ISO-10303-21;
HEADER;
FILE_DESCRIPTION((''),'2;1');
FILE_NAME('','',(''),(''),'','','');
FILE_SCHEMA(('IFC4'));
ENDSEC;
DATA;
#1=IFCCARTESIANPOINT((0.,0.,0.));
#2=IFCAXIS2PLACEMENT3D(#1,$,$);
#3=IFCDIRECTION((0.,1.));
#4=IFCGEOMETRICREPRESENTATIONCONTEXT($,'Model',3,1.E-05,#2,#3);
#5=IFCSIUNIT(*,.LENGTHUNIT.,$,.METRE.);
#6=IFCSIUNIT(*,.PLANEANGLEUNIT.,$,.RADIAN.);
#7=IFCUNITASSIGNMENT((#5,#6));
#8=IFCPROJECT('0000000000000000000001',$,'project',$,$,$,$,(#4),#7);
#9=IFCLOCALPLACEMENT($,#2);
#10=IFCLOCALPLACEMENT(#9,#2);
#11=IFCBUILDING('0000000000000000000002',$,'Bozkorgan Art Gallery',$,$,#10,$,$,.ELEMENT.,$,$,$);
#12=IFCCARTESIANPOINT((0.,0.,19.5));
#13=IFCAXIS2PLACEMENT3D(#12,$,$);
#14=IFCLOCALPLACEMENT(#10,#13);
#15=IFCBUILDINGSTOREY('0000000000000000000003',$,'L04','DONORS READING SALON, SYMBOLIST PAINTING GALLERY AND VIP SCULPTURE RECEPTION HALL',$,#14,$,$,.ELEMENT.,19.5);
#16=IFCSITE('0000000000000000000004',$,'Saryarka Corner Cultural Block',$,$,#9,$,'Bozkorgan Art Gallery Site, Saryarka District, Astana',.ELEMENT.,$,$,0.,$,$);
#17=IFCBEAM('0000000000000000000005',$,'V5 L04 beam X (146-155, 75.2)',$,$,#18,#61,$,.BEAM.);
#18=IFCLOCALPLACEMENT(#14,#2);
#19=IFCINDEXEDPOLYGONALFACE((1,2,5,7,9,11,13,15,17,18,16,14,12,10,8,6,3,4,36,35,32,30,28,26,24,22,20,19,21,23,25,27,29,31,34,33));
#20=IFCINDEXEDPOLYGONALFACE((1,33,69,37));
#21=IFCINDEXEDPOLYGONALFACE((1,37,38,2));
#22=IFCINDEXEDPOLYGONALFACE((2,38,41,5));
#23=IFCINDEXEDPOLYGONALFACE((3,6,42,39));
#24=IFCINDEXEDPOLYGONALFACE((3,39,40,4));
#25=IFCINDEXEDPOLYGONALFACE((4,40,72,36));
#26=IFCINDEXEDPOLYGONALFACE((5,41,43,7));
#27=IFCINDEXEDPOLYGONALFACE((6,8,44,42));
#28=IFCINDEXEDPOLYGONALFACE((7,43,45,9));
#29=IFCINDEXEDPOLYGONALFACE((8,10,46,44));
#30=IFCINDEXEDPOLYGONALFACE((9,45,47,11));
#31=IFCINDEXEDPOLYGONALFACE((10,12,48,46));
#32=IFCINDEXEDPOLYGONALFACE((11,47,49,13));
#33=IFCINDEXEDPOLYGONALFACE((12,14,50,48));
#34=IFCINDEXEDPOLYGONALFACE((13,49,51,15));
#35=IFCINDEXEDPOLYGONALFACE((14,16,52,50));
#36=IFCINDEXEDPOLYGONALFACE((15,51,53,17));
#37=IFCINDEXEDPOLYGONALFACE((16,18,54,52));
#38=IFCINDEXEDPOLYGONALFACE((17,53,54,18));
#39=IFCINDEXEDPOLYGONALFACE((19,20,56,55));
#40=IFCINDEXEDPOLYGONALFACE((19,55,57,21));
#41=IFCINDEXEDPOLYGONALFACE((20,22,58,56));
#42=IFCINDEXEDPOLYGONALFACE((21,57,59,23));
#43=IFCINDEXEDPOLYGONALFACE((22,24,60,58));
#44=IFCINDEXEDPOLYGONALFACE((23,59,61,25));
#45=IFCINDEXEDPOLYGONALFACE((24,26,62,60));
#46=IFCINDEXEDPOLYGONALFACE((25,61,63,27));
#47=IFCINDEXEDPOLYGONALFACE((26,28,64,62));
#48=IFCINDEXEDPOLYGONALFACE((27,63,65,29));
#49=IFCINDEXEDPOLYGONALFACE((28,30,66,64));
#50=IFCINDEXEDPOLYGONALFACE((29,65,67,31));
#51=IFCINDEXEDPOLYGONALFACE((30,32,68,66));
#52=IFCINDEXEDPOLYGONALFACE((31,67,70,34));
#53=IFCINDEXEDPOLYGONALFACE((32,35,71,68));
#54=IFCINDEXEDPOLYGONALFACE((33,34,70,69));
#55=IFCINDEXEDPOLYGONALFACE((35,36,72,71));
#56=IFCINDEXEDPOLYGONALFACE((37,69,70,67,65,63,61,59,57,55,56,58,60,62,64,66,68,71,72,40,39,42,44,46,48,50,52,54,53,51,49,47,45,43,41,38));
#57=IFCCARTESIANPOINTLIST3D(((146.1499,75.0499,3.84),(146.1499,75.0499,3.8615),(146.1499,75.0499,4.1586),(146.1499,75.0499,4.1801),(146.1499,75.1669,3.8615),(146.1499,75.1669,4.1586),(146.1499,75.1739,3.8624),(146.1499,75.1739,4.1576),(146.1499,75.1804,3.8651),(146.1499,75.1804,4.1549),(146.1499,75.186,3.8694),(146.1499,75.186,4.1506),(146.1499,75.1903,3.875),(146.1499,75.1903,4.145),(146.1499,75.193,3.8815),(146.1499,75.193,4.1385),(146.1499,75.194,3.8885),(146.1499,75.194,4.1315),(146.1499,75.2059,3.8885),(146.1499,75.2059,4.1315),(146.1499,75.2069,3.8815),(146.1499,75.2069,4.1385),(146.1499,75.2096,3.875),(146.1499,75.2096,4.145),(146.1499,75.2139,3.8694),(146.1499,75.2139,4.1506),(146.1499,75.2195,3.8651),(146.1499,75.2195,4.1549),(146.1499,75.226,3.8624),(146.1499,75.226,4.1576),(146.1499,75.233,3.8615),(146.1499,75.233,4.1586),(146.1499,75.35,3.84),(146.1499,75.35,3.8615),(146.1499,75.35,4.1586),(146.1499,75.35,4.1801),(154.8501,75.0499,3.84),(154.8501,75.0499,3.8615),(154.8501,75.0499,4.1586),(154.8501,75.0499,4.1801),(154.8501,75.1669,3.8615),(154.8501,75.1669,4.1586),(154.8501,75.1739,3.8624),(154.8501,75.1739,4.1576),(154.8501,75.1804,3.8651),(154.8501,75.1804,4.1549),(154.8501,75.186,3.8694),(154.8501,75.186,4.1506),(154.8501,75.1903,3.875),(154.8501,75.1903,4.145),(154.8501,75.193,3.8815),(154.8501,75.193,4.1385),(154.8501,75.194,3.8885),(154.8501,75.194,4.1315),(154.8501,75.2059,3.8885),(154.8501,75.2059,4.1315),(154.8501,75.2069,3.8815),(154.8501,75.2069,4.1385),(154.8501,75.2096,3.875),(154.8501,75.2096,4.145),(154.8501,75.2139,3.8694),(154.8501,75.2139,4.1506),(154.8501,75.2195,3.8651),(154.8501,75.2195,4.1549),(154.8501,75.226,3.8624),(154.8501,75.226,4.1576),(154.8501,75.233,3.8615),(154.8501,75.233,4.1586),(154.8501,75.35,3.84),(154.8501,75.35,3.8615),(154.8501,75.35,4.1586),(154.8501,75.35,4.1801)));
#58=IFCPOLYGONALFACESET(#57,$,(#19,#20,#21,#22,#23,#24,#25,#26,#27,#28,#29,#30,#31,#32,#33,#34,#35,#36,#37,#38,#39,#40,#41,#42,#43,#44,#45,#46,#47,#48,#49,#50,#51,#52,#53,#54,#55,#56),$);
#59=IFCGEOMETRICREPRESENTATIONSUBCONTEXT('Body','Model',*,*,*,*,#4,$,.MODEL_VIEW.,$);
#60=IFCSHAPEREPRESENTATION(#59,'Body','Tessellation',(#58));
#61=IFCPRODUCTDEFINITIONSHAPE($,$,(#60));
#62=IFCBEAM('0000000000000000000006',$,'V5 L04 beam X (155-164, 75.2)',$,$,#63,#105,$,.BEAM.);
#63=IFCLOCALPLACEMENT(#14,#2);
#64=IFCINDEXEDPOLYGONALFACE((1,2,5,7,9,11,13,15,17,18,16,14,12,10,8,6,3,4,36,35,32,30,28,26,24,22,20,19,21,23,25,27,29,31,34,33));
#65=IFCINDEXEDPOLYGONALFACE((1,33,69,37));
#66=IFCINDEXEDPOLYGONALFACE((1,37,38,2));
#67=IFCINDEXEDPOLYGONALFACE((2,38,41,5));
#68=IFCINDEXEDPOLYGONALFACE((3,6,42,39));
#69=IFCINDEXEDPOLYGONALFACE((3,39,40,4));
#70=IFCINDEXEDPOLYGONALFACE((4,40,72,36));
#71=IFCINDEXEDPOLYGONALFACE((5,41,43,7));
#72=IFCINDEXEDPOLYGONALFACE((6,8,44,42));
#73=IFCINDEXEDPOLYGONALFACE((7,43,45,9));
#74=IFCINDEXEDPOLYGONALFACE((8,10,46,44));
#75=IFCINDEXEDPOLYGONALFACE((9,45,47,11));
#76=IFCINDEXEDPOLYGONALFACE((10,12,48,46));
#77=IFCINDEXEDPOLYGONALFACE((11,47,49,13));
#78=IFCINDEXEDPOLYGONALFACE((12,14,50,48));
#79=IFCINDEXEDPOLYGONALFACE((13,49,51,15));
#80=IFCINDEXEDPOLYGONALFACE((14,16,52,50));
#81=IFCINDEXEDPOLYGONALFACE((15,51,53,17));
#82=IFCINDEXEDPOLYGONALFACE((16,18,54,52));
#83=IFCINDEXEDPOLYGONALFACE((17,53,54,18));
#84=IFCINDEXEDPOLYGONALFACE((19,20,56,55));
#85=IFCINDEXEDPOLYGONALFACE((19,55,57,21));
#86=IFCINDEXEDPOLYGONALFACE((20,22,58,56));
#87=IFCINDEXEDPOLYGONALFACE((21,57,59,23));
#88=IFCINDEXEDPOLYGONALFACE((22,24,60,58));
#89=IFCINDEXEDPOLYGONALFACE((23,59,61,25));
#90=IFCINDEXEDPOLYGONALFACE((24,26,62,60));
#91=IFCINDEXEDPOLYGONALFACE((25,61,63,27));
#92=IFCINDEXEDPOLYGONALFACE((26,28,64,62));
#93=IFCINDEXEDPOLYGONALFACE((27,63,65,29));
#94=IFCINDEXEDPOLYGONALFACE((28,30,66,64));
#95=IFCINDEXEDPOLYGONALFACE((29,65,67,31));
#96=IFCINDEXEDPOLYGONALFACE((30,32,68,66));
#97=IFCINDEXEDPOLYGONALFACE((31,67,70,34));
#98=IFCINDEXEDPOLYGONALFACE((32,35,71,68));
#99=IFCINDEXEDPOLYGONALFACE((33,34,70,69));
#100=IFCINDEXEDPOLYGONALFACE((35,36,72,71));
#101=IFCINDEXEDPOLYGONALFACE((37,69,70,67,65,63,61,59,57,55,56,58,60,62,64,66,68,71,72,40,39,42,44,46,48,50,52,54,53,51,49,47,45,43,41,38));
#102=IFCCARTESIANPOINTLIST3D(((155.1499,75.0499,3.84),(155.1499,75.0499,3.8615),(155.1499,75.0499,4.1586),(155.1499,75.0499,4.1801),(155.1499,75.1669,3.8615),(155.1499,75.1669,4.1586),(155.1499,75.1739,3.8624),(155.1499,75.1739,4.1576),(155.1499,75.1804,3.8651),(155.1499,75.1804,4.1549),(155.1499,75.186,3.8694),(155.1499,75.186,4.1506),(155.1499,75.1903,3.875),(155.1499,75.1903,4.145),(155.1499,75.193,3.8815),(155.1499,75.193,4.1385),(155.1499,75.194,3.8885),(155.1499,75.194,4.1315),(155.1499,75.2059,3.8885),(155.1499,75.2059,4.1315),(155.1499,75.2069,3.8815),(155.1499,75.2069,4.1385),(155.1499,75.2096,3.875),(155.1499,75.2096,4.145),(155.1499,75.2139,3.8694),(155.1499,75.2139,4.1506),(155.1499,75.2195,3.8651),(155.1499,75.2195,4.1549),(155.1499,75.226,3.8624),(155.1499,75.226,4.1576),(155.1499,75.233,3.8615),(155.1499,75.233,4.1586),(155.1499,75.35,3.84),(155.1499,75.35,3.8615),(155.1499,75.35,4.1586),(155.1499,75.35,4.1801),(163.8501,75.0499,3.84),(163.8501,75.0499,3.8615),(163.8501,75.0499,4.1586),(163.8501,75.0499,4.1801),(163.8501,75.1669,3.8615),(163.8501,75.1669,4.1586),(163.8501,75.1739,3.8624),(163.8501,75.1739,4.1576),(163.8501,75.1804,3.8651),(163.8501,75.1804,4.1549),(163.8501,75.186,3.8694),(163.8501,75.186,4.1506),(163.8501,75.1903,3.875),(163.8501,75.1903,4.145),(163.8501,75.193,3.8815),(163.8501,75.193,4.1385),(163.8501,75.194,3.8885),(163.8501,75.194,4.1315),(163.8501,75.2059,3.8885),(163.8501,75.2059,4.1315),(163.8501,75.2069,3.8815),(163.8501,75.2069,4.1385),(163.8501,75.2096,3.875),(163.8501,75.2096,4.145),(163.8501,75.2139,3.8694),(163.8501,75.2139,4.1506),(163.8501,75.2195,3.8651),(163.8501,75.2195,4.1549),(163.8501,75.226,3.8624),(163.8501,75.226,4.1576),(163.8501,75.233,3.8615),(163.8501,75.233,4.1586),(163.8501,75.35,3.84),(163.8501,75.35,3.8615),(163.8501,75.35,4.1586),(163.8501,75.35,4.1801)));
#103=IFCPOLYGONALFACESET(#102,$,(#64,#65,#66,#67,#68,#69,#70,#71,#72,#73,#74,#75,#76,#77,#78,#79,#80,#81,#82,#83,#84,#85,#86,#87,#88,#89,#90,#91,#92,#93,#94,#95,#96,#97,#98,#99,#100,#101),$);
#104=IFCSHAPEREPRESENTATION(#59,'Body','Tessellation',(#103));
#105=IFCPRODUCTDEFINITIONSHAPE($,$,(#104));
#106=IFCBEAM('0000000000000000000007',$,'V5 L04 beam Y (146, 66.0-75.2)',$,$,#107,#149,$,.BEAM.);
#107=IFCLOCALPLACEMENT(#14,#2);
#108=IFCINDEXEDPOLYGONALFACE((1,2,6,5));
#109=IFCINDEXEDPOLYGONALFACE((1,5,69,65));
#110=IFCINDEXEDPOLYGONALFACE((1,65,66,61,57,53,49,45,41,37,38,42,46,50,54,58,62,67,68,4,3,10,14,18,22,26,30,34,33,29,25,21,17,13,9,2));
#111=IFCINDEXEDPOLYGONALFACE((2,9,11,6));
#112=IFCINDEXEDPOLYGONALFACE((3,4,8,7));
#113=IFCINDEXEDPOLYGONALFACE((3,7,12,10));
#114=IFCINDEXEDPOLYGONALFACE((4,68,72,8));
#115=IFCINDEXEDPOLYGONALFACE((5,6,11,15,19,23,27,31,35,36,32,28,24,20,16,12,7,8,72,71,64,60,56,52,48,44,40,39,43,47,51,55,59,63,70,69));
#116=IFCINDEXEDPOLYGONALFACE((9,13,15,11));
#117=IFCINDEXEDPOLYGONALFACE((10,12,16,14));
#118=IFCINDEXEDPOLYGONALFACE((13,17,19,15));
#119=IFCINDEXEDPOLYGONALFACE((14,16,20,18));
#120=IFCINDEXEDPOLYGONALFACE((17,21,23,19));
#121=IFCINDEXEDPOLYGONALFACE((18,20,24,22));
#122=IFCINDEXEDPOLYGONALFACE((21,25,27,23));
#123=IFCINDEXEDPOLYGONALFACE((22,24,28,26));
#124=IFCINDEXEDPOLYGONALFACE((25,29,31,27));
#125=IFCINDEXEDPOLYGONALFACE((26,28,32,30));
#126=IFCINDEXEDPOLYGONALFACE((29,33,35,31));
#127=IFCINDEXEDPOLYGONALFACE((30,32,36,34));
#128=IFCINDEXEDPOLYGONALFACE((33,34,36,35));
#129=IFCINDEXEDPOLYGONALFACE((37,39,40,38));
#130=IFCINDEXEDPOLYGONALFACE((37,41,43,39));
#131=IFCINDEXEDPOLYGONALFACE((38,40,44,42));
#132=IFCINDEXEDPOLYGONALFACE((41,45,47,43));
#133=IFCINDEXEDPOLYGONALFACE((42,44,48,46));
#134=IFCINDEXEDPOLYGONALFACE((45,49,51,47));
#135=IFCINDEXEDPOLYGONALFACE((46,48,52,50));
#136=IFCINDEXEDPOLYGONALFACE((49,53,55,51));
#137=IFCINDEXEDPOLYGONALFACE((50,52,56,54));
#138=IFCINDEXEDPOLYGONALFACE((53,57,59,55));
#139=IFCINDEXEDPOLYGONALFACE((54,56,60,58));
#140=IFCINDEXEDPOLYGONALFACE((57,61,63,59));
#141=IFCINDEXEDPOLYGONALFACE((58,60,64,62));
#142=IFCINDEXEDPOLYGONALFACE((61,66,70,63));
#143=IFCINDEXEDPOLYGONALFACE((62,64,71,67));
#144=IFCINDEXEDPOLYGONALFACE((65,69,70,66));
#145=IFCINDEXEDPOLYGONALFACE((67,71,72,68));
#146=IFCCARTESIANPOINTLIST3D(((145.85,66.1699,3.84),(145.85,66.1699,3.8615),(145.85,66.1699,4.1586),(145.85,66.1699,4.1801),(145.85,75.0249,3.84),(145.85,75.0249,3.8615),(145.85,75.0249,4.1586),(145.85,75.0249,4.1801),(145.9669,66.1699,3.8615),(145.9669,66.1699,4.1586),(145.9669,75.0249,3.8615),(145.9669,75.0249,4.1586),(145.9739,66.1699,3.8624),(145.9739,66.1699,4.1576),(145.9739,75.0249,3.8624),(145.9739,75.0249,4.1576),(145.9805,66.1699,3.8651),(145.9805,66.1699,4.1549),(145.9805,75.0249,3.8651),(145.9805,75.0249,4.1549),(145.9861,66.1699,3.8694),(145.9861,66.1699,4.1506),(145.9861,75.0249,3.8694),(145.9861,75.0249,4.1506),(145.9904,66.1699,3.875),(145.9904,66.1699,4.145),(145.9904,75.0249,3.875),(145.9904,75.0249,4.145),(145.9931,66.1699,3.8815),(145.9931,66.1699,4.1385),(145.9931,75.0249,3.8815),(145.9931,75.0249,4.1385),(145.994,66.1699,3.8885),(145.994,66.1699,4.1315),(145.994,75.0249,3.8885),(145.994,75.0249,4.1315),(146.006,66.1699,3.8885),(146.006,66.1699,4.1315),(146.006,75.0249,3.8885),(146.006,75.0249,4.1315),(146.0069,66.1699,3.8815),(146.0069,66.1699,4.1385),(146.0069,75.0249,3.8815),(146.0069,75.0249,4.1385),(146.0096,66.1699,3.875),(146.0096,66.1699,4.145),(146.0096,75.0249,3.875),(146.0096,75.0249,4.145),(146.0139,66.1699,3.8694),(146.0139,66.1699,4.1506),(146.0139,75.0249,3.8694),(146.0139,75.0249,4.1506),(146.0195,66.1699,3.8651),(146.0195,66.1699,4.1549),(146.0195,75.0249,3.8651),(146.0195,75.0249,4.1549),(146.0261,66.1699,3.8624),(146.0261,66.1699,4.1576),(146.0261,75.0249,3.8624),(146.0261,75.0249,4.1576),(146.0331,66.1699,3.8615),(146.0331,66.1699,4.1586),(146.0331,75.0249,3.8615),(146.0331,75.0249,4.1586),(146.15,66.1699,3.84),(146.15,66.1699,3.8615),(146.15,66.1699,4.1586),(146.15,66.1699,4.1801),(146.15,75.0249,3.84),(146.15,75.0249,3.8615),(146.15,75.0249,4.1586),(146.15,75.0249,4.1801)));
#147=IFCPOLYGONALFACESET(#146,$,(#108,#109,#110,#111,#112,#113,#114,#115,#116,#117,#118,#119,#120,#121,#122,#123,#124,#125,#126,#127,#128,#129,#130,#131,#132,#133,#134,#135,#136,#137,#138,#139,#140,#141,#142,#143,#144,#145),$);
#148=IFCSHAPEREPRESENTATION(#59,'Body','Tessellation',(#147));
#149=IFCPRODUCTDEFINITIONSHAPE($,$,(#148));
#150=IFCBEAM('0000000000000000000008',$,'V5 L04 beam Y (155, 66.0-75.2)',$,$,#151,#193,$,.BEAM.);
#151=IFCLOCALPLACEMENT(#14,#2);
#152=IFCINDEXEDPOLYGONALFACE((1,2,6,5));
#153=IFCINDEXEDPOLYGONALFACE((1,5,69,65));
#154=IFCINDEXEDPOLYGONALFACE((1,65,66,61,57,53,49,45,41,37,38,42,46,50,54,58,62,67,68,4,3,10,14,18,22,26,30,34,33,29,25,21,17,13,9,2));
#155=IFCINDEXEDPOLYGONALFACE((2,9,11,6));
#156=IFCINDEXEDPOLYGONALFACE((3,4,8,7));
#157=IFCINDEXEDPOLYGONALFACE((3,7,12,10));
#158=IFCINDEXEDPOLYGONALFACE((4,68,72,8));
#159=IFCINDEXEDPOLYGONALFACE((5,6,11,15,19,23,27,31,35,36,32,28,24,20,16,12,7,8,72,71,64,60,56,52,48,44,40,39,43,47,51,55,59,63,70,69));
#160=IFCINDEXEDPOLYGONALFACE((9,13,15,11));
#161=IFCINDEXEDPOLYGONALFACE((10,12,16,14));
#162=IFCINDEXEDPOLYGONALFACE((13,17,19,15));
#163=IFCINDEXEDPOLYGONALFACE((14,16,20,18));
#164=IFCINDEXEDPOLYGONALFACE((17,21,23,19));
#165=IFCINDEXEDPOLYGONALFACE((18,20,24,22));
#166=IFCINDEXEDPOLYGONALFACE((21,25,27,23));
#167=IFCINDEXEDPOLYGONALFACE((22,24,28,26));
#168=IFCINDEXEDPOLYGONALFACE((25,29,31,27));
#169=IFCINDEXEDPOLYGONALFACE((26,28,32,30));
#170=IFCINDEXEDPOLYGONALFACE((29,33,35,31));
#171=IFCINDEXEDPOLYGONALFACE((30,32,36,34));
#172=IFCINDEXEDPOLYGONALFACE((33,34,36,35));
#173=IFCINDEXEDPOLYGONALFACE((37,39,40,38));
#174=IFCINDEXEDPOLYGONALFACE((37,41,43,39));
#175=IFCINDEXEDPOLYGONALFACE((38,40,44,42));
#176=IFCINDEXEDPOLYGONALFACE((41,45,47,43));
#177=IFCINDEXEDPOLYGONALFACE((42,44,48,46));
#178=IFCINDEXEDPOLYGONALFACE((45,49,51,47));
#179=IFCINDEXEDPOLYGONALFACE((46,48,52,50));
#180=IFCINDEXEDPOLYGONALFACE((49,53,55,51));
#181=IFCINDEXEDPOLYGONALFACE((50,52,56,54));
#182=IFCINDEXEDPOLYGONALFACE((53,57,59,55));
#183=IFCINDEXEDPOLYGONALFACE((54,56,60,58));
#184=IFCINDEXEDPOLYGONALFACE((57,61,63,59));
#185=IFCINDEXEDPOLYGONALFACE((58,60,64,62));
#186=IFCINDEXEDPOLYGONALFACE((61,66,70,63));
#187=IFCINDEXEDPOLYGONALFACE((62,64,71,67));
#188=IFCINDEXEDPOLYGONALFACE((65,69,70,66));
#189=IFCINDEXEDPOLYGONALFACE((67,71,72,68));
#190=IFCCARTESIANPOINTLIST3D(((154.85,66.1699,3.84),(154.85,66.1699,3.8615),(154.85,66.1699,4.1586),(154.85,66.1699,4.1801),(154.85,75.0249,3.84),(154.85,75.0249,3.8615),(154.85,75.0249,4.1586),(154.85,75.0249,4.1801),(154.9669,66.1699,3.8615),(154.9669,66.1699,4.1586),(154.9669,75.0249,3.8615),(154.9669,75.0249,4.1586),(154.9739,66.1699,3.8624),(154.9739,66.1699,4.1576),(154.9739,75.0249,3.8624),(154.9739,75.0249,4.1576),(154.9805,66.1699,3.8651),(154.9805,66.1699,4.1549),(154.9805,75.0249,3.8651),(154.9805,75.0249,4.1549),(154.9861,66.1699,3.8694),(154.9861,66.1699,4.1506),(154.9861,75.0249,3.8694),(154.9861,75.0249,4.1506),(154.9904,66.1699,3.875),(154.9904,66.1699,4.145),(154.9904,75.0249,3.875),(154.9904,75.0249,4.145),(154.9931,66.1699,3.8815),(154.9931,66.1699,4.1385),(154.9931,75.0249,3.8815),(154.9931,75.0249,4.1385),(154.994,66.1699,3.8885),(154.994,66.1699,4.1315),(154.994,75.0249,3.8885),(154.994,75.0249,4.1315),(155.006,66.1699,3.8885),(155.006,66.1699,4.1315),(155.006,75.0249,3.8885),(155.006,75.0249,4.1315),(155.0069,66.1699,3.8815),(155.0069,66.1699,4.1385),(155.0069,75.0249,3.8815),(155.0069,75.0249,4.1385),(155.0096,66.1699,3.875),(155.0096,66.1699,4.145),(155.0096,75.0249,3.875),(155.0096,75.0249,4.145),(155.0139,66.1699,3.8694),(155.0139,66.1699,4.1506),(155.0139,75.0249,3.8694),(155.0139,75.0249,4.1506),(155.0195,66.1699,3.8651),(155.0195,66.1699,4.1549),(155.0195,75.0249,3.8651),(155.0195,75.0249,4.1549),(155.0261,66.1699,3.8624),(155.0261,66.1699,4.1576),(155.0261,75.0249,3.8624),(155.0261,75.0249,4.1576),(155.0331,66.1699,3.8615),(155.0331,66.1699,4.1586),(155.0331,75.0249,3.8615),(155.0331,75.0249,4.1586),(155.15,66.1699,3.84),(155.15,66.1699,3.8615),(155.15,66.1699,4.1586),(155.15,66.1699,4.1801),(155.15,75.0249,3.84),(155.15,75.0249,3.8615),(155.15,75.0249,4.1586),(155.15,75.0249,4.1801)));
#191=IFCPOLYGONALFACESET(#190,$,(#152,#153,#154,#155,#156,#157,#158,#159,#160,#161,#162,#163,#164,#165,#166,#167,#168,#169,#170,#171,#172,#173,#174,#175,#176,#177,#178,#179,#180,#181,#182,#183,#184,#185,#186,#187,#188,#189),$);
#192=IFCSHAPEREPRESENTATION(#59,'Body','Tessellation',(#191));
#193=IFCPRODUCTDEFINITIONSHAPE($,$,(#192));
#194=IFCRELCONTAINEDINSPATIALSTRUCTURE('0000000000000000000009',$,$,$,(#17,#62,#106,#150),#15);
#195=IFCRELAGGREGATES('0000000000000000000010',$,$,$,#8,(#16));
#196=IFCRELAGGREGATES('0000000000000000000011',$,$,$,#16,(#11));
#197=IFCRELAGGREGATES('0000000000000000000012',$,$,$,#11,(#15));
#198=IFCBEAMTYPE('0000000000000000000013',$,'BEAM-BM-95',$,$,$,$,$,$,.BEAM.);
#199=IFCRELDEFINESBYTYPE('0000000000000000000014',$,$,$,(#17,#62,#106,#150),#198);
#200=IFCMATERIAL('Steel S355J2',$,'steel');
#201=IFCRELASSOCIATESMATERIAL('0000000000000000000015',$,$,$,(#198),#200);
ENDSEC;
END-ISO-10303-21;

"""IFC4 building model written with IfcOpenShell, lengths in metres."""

from ifc_helpers import new_model, si_unit, direction, frame, origin, origin_2d, place, context, subcontext, project, spatial, i_section, extrude, material, material_profile, profile_set, type_object, element, save


model = new_model("IFC4")

# Units and contexts
model_context = context("Model", 3, precision=1e-05, world=origin(), true_north=direction((0.0, 1.0)))
body_context = subcontext(model_context, "Body", "Model", "MODEL_VIEW")
ifc_project = project(units=[si_unit("LENGTHUNIT", "METRE"), si_unit("PLANEANGLEUNIT", "RADIAN")], contexts=[model_context])

# Site, building, storey
site_placement = place(None, origin())
site = spatial("IfcSite", under=ifc_project, at=site_placement, Name="Saryarka Corner Cultural Block", LongName="Bozkorgan Art Gallery Site, Saryarka District, Astana", CompositionType="ELEMENT", RefElevation=0.0)
building_placement = place(site_placement, origin())
building = spatial("IfcBuilding", under=site, at=building_placement, Name="Bozkorgan Art Gallery", CompositionType="ELEMENT")
storey_placement = place(building_placement, frame((0.0, 0.0, 19.5)))
storey = spatial("IfcBuildingStorey", under=building, at=storey_placement, Name="L04", Description="DONORS READING SALON, SYMBOLIST PAINTING GALLERY AND VIP SCULPTURE RECEPTION HALL", CompositionType="ELEMENT", Elevation=19.5)

# Shared definitions
ifc_material_1 = material(Name="Steel S355J2", Category="steel")

# Beams
ifc_material_profile_1 = material_profile(ifc_material_1, i_section(OverallWidth=0.3, OverallDepth=0.3401, WebThickness=0.012, FlangeThickness=0.0215, FilletRadius=0.0271, at=origin_2d()), Name="HEB 340")
ifc_profile_set_1 = profile_set([ifc_material_profile_1], Name="Steel S355J2")
beam_type = type_object("IfcBeamType", Name="BEAM-BM-95", PredefinedType="BEAM", material=ifc_profile_set_1)
for number, where, z_axis, x_axis, name in (
    (1, (146.1499, 75.2, 4.01), (1.0, 0.0, 0.0), (0.0, 1.0, 0.0), "V5 L04 beam X (146-155, 75.2)"),
    (2, (155.1499, 75.2, 4.01), (1.0, 0.0, 0.0), (0.0, 1.0, 0.0), "V5 L04 beam X (155-164, 75.2)"),
):
    element("IfcBeam", number, at=place(storey_placement, frame(where, z_axis=z_axis, x_axis=x_axis)), inside=storey, type_object=beam_type, Name=name, PredefinedType="BEAM", context=body_context, shape_type="SweptSolid", body=[
        extrude(i_section(OverallWidth=0.3, OverallDepth=0.3401, WebThickness=0.012, FlangeThickness=0.0215, FilletRadius=0.0271, at=origin_2d()), origin(), (0.0, 0.0, 1.0), 8.7002),
    ])
for number, where, z_axis, x_axis, name in (
    (3, (146.0, 66.1699, 4.01), (0.0, 1.0, 0.0), (-1.0, 0.0, 0.0), "V5 L04 beam Y (146, 66.0-75.2)"),
    (4, (155.0, 66.1699, 4.01), (0.0, 1.0, 0.0), (-1.0, 0.0, 0.0), "V5 L04 beam Y (155, 66.0-75.2)"),
):
    element("IfcBeam", number, at=place(storey_placement, frame(where, z_axis=z_axis, x_axis=x_axis)), inside=storey, type_object=beam_type, Name=name, PredefinedType="BEAM", context=body_context, shape_type="SweptSolid", body=[
        extrude(i_section(OverallWidth=0.3, OverallDepth=0.3401, WebThickness=0.012, FlangeThickness=0.0215, FilletRadius=0.0271, at=origin_2d()), origin(), (0.0, 0.0, 1.0), 8.855),
    ])

save(model, "model.ifc")
